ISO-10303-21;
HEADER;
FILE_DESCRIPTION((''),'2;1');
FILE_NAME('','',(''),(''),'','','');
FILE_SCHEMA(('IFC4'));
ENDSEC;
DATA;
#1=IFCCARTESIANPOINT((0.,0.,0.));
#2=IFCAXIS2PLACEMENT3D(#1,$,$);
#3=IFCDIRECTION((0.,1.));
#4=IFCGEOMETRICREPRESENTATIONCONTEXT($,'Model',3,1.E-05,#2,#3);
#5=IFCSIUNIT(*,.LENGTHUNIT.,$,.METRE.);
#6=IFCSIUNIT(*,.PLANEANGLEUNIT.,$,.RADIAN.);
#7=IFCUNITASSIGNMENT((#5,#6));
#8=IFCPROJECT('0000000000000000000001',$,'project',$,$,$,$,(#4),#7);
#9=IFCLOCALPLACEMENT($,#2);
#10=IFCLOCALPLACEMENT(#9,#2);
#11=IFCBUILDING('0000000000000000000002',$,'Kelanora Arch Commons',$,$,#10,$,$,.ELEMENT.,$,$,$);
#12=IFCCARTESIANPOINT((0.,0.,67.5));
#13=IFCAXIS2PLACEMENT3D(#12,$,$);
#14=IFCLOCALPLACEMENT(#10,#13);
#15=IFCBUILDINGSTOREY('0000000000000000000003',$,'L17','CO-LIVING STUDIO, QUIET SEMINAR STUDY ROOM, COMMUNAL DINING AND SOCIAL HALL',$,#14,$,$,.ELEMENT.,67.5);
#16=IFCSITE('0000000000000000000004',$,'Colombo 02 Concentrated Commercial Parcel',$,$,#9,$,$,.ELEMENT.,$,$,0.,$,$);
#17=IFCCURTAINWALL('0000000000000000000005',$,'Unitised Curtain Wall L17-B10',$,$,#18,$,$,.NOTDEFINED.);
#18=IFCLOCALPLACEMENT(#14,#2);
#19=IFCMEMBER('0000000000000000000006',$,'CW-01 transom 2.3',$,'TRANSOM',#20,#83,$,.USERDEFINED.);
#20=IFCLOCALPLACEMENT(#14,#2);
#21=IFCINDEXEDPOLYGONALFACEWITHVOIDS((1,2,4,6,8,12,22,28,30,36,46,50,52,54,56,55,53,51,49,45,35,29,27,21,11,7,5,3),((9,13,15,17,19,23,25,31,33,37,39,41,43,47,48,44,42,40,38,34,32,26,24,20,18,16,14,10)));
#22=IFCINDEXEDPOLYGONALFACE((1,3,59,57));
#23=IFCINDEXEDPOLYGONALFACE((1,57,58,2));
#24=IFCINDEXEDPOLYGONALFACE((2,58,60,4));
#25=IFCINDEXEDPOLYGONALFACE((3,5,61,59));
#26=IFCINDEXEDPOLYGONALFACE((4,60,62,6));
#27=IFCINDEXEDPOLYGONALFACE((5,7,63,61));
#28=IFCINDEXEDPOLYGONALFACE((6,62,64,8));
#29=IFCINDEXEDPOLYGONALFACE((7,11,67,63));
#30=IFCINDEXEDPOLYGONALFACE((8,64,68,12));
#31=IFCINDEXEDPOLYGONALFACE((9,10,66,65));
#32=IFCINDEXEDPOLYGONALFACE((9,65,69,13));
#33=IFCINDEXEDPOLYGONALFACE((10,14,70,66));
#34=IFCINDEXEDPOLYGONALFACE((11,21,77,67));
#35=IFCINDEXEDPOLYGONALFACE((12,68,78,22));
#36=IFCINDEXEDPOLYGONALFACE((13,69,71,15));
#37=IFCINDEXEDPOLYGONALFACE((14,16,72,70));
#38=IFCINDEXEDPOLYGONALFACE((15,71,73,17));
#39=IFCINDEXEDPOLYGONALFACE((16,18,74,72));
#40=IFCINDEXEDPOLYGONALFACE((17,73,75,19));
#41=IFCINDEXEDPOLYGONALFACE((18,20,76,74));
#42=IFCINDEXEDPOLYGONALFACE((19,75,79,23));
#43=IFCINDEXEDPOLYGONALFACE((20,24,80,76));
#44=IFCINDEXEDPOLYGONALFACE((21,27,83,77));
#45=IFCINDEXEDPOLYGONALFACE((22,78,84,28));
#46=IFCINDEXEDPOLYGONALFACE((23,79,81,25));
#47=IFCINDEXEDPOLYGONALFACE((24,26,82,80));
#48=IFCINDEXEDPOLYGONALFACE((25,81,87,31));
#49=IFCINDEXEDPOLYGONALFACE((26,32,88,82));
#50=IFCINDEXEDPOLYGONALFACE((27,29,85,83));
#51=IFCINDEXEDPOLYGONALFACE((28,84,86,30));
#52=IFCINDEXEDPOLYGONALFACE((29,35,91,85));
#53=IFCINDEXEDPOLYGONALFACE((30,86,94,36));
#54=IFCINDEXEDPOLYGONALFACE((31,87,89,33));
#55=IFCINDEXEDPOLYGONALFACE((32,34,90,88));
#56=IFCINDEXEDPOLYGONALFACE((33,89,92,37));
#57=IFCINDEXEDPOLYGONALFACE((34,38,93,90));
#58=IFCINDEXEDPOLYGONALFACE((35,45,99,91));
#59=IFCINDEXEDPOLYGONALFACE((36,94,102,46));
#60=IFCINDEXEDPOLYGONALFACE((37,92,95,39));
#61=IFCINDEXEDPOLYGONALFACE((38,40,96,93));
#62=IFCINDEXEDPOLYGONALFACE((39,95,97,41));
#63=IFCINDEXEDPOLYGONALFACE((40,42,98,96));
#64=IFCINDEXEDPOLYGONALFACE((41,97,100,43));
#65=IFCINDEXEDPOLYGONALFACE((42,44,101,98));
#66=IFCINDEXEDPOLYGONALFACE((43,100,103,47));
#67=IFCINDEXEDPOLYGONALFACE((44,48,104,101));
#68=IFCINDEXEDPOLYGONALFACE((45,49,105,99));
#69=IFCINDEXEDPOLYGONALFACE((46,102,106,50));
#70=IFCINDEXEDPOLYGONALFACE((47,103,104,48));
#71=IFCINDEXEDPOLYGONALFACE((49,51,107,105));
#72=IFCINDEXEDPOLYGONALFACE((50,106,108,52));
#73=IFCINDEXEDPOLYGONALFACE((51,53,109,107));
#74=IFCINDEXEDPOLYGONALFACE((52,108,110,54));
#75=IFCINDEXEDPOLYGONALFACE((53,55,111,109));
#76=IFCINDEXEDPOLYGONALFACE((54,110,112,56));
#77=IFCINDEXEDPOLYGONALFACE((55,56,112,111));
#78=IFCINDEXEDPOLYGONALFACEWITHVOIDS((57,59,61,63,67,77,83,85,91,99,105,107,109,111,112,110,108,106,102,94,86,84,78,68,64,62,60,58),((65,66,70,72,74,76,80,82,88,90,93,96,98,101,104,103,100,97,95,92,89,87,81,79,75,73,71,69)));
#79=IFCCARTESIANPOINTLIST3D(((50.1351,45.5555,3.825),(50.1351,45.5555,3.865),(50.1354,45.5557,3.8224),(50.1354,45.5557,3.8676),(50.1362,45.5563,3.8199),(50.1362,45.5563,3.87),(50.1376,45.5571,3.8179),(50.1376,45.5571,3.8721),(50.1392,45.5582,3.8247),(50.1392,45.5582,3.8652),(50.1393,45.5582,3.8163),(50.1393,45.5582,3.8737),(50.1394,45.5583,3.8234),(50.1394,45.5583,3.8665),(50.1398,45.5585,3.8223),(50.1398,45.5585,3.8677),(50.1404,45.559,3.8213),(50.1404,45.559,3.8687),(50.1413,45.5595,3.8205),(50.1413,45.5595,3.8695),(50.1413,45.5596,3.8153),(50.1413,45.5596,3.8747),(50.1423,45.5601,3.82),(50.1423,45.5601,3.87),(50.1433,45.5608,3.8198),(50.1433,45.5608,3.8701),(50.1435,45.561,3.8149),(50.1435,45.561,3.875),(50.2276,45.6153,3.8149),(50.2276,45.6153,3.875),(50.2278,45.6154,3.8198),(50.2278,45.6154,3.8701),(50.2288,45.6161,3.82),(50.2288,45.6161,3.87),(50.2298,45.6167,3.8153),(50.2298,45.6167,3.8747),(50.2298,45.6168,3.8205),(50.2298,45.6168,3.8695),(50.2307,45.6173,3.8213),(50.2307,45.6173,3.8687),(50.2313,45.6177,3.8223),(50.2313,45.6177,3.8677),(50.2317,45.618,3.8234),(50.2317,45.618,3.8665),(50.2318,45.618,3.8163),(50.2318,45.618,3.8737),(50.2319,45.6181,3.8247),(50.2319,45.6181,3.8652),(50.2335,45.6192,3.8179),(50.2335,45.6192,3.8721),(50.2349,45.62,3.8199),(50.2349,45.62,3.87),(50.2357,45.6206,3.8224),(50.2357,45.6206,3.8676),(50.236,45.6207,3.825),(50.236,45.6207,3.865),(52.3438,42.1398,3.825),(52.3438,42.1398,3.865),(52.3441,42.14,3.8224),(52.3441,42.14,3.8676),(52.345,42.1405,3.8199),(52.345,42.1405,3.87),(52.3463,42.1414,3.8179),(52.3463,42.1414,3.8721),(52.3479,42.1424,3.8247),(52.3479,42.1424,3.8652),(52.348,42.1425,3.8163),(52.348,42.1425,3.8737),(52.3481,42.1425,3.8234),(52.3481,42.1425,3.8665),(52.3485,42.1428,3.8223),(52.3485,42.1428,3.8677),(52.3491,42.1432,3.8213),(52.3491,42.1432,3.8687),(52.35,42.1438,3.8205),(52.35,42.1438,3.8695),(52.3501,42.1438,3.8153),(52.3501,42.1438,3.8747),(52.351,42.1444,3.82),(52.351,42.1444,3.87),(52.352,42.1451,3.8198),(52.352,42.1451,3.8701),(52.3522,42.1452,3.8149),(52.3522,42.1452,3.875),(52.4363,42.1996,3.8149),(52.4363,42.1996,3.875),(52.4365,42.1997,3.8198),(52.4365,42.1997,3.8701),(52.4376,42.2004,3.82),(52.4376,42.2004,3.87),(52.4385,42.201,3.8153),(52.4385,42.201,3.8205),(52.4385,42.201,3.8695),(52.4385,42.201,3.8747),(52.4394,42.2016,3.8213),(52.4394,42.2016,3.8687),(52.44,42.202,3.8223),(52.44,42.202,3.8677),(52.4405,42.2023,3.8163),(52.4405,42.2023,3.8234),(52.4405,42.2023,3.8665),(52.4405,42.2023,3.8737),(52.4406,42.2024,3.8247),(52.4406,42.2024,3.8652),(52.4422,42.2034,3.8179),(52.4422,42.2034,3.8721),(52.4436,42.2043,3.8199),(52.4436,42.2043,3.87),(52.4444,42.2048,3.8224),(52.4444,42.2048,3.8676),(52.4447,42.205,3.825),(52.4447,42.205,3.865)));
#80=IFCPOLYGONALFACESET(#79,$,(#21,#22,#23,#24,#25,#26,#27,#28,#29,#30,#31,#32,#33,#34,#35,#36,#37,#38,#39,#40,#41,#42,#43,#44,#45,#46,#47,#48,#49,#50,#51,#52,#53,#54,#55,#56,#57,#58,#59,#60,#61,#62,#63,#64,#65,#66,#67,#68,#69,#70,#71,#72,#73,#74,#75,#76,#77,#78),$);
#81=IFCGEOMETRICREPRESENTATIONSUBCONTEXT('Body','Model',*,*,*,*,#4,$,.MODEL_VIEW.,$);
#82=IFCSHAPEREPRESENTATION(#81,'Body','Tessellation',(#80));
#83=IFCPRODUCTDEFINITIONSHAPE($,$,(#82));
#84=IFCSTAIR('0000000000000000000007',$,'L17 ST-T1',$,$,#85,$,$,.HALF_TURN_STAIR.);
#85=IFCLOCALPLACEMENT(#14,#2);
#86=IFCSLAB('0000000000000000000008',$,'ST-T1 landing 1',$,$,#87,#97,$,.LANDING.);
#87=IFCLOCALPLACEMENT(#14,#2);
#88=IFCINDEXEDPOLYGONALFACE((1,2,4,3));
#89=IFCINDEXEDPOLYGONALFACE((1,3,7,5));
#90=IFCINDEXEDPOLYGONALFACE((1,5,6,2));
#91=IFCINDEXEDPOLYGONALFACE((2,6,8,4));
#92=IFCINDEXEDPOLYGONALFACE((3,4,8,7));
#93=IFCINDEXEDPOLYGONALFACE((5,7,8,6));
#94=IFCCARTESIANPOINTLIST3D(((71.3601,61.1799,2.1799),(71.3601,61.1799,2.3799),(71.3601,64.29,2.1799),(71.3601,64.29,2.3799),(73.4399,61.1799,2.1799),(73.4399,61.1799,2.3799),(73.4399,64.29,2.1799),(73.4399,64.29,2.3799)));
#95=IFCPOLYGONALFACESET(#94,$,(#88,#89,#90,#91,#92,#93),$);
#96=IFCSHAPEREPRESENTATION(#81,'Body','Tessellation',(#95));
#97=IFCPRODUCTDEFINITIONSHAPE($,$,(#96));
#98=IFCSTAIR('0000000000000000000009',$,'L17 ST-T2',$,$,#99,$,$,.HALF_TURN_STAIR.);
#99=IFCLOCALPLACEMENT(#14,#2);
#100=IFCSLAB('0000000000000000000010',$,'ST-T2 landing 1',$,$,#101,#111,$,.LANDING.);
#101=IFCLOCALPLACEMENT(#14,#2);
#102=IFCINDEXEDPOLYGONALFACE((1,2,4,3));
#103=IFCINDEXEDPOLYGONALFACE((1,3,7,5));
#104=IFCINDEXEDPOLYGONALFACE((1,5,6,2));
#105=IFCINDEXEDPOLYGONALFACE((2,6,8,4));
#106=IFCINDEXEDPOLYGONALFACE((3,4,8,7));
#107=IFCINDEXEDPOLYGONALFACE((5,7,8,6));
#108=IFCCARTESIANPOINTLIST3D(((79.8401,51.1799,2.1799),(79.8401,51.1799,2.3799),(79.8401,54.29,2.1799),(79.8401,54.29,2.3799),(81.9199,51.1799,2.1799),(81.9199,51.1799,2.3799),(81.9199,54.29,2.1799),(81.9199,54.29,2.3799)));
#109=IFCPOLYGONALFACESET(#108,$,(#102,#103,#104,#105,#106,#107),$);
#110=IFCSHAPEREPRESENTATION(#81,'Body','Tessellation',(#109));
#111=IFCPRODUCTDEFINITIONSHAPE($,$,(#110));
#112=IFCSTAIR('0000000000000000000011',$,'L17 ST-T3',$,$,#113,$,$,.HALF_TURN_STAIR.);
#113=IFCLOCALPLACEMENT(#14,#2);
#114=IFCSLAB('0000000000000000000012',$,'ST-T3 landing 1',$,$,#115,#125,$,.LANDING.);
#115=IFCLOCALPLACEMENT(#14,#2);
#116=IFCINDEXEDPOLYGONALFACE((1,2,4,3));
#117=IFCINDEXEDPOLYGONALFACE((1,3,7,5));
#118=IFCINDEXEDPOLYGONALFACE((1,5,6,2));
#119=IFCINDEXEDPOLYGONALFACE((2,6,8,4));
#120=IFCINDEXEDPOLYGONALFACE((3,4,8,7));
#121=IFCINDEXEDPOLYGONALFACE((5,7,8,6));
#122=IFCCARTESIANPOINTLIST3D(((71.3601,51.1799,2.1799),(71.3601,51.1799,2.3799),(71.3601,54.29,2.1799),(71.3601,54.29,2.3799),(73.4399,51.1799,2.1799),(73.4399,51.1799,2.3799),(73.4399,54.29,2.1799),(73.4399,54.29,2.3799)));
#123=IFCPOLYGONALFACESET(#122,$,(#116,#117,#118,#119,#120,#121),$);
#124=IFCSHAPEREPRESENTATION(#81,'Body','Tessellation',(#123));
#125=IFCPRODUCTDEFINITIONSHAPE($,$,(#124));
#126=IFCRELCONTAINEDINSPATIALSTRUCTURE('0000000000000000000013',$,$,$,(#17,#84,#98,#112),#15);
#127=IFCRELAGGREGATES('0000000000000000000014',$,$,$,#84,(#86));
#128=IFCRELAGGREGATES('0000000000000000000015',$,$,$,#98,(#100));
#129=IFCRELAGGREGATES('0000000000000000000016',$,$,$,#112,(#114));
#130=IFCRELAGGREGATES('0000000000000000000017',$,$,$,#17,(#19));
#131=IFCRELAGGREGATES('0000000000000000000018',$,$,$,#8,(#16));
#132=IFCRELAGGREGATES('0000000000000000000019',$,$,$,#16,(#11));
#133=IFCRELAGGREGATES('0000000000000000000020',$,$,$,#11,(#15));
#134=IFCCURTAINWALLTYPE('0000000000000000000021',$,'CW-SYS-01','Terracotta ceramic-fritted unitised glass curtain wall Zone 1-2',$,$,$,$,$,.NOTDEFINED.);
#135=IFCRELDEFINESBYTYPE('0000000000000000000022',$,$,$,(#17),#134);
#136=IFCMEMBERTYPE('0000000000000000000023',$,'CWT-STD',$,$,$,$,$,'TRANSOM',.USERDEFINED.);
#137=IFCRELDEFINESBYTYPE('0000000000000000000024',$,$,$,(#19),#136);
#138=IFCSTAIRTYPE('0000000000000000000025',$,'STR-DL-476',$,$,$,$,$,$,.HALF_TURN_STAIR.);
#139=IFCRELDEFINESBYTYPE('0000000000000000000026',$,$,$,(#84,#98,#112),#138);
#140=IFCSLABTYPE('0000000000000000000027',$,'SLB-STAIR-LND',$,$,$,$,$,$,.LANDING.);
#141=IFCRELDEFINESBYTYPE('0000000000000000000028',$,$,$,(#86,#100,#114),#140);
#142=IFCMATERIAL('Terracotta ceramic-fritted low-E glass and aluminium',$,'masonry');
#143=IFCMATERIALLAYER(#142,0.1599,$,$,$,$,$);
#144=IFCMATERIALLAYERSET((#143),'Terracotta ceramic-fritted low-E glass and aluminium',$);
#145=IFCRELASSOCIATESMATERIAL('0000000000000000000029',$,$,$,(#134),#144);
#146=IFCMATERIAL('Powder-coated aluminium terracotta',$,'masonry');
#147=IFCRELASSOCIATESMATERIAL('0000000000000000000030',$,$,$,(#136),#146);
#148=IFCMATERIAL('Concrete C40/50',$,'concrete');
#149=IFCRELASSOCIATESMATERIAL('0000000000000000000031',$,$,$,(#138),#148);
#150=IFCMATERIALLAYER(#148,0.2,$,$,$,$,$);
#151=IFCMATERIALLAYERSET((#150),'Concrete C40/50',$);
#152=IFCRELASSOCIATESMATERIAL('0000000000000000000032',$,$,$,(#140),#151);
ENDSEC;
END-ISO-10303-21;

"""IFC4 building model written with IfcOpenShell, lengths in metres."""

from ifc_helpers import new_model, si_unit, direction, frame, origin, origin_2d, place, context, subcontext, project, spatial, polyline, hollow_rectangle, outline, extrude, material, layer, layer_set, material_profile, profile_set, type_object, element, aggregate, save


model = new_model("IFC4")

# Units and contexts
model_context = context("Model", 3, precision=1e-05, world=origin(), true_north=direction((0.0, 1.0)))
body_context = subcontext(model_context, "Body", "Model", "MODEL_VIEW")
ifc_project = project(units=[si_unit("LENGTHUNIT", "METRE"), si_unit("PLANEANGLEUNIT", "RADIAN")], contexts=[model_context])

# Site, building, storey
site_placement = place(None, origin())
site = spatial("IfcSite", under=ifc_project, at=site_placement, Name="Colombo 02 Concentrated Commercial Parcel", CompositionType="ELEMENT", RefElevation=0.0)
building_placement = place(site_placement, origin())
building = spatial("IfcBuilding", under=site, at=building_placement, Name="Kelanora Arch Commons", CompositionType="ELEMENT")
storey_placement = place(building_placement, frame((0.0, 0.0, 67.5)))
storey = spatial("IfcBuildingStorey", under=building, at=storey_placement, Name="L17", Description="CO-LIVING STUDIO, QUIET SEMINAR STUDY ROOM, COMMUNAL DINING AND SOCIAL HALL", CompositionType="ELEMENT", Elevation=67.5)

# Curtain wall, member
ifc_material_1 = material(Name="Terracotta ceramic-fritted low-E glass and aluminium", Category="masonry")
ifc_layer_1 = layer(ifc_material_1, 0.1599)
ifc_layer_set_1 = layer_set([ifc_layer_1], Name="Terracotta ceramic-fritted low-E glass and aluminium")
curtain_wall_type = type_object("IfcCurtainWallType", Name="CW-SYS-01", Description="Terracotta ceramic-fritted unitised glass curtain wall Zone 1-2", PredefinedType="NOTDEFINED", material=ifc_layer_set_1)
curtain_wall_placement = place(storey_placement, origin())
curtain_wall = element("IfcCurtainWall", 1, at=curtain_wall_placement, inside=storey, type_object=curtain_wall_type, Name="Unitised Curtain Wall L17-B10", PredefinedType="NOTDEFINED")
ifc_material_2 = material(Name="Powder-coated aluminium terracotta", Category="masonry")
ifc_material_profile_1 = material_profile(ifc_material_2, hollow_rectangle(XDim=0.1201, YDim=0.0601, WallThickness=0.0049, InnerFilletRadius=0.0049, OuterFilletRadius=0.01, at=origin_2d()), Name="CWT120x60")
ifc_profile_set_1 = profile_set([ifc_material_profile_1], Name="Powder-coated aluminium terracotta")
member_type_1 = type_object("IfcMemberType", Name="CWT-STD", ElementType="TRANSOM", PredefinedType="USERDEFINED", material=ifc_profile_set_1)
member_1_placement = place(storey_placement, frame((50.1855, 45.5881, 3.845), z_axis=(0.542997, -0.839734, 0.0), x_axis=(0.839734, 0.542997, 0.0)))
member_1 = element("IfcMember", 2, at=member_1_placement, type_object=member_type_1, Name="CW-01 transom 2.3", ObjectType="TRANSOM", PredefinedType="USERDEFINED", context=body_context, shape_type="SweptSolid", body=[
    extrude(hollow_rectangle(XDim=0.1201, YDim=0.0601, WallThickness=0.0049, InnerFilletRadius=0.0049, OuterFilletRadius=0.01, at=origin_2d()), origin(), (0.0, 0.0, 1.0), 4.0676),
])

# Stairs, slabs
ifc_material_3 = material(Name="Concrete C40/50", Category="concrete")
stair_type = type_object("IfcStairType", Name="STR-DL-476", PredefinedType="HALF_TURN_STAIR", material=ifc_material_3)
stair_1_placement = place(storey_placement, origin())
stair_1 = element("IfcStair", 3, at=stair_1_placement, inside=storey, type_object=stair_type, Name="L17 ST-T1", PredefinedType="HALF_TURN_STAIR")
ifc_layer_2 = layer(ifc_material_3, 0.2)
ifc_layer_set_2 = layer_set([ifc_layer_2], Name="Concrete C40/50")
slab_type_1 = type_object("IfcSlabType", Name="SLB-STAIR-LND", PredefinedType="LANDING", material=ifc_layer_set_2)
slab_1_placement = place(storey_placement, frame((0.0, 0.0, 2.1799)))
slab_1 = element("IfcSlab", 4, at=slab_1_placement, type_object=slab_type_1, Name="ST-T1 landing 1", PredefinedType="LANDING", context=body_context, shape_type="SweptSolid", body=[
    extrude(outline(polyline([(71.3601, 61.1799), (73.4399, 61.1799), (73.4399, 64.29), (71.3601, 64.29), (71.3601, 61.1799)])), origin(), (0.0, 0.0, 1.0), 0.2),
])
aggregate(stair_1, [slab_1])
stair_2_placement = place(storey_placement, origin())
stair_2 = element("IfcStair", 5, at=stair_2_placement, inside=storey, type_object=stair_type, Name="L17 ST-T2", PredefinedType="HALF_TURN_STAIR")
slab_2_placement = place(storey_placement, frame((0.0, 0.0, 2.1799)))
slab_2 = element("IfcSlab", 6, at=slab_2_placement, type_object=slab_type_1, Name="ST-T2 landing 1", PredefinedType="LANDING", context=body_context, shape_type="SweptSolid", body=[
    extrude(outline(polyline([(79.8401, 51.1799), (81.9199, 51.1799), (81.9199, 54.29), (79.8401, 54.29), (79.8401, 51.1799)])), origin(), (0.0, 0.0, 1.0), 0.2),
])
aggregate(stair_2, [slab_2])
stair_3_placement = place(storey_placement, origin())
stair_3 = element("IfcStair", 7, at=stair_3_placement, inside=storey, type_object=stair_type, Name="L17 ST-T3", PredefinedType="HALF_TURN_STAIR")
slab_3_placement = place(storey_placement, frame((0.0, 0.0, 2.1799)))
slab_3 = element("IfcSlab", 8, at=slab_3_placement, type_object=slab_type_1, Name="ST-T3 landing 1", PredefinedType="LANDING", context=body_context, shape_type="SweptSolid", body=[
    extrude(outline(polyline([(71.3601, 51.1799), (73.4399, 51.1799), (73.4399, 54.29), (71.3601, 54.29), (71.3601, 51.1799)])), origin(), (0.0, 0.0, 1.0), 0.2),
])
aggregate(stair_3, [slab_3])

aggregate(curtain_wall, [member_1])

save(model, "model.ifc")
